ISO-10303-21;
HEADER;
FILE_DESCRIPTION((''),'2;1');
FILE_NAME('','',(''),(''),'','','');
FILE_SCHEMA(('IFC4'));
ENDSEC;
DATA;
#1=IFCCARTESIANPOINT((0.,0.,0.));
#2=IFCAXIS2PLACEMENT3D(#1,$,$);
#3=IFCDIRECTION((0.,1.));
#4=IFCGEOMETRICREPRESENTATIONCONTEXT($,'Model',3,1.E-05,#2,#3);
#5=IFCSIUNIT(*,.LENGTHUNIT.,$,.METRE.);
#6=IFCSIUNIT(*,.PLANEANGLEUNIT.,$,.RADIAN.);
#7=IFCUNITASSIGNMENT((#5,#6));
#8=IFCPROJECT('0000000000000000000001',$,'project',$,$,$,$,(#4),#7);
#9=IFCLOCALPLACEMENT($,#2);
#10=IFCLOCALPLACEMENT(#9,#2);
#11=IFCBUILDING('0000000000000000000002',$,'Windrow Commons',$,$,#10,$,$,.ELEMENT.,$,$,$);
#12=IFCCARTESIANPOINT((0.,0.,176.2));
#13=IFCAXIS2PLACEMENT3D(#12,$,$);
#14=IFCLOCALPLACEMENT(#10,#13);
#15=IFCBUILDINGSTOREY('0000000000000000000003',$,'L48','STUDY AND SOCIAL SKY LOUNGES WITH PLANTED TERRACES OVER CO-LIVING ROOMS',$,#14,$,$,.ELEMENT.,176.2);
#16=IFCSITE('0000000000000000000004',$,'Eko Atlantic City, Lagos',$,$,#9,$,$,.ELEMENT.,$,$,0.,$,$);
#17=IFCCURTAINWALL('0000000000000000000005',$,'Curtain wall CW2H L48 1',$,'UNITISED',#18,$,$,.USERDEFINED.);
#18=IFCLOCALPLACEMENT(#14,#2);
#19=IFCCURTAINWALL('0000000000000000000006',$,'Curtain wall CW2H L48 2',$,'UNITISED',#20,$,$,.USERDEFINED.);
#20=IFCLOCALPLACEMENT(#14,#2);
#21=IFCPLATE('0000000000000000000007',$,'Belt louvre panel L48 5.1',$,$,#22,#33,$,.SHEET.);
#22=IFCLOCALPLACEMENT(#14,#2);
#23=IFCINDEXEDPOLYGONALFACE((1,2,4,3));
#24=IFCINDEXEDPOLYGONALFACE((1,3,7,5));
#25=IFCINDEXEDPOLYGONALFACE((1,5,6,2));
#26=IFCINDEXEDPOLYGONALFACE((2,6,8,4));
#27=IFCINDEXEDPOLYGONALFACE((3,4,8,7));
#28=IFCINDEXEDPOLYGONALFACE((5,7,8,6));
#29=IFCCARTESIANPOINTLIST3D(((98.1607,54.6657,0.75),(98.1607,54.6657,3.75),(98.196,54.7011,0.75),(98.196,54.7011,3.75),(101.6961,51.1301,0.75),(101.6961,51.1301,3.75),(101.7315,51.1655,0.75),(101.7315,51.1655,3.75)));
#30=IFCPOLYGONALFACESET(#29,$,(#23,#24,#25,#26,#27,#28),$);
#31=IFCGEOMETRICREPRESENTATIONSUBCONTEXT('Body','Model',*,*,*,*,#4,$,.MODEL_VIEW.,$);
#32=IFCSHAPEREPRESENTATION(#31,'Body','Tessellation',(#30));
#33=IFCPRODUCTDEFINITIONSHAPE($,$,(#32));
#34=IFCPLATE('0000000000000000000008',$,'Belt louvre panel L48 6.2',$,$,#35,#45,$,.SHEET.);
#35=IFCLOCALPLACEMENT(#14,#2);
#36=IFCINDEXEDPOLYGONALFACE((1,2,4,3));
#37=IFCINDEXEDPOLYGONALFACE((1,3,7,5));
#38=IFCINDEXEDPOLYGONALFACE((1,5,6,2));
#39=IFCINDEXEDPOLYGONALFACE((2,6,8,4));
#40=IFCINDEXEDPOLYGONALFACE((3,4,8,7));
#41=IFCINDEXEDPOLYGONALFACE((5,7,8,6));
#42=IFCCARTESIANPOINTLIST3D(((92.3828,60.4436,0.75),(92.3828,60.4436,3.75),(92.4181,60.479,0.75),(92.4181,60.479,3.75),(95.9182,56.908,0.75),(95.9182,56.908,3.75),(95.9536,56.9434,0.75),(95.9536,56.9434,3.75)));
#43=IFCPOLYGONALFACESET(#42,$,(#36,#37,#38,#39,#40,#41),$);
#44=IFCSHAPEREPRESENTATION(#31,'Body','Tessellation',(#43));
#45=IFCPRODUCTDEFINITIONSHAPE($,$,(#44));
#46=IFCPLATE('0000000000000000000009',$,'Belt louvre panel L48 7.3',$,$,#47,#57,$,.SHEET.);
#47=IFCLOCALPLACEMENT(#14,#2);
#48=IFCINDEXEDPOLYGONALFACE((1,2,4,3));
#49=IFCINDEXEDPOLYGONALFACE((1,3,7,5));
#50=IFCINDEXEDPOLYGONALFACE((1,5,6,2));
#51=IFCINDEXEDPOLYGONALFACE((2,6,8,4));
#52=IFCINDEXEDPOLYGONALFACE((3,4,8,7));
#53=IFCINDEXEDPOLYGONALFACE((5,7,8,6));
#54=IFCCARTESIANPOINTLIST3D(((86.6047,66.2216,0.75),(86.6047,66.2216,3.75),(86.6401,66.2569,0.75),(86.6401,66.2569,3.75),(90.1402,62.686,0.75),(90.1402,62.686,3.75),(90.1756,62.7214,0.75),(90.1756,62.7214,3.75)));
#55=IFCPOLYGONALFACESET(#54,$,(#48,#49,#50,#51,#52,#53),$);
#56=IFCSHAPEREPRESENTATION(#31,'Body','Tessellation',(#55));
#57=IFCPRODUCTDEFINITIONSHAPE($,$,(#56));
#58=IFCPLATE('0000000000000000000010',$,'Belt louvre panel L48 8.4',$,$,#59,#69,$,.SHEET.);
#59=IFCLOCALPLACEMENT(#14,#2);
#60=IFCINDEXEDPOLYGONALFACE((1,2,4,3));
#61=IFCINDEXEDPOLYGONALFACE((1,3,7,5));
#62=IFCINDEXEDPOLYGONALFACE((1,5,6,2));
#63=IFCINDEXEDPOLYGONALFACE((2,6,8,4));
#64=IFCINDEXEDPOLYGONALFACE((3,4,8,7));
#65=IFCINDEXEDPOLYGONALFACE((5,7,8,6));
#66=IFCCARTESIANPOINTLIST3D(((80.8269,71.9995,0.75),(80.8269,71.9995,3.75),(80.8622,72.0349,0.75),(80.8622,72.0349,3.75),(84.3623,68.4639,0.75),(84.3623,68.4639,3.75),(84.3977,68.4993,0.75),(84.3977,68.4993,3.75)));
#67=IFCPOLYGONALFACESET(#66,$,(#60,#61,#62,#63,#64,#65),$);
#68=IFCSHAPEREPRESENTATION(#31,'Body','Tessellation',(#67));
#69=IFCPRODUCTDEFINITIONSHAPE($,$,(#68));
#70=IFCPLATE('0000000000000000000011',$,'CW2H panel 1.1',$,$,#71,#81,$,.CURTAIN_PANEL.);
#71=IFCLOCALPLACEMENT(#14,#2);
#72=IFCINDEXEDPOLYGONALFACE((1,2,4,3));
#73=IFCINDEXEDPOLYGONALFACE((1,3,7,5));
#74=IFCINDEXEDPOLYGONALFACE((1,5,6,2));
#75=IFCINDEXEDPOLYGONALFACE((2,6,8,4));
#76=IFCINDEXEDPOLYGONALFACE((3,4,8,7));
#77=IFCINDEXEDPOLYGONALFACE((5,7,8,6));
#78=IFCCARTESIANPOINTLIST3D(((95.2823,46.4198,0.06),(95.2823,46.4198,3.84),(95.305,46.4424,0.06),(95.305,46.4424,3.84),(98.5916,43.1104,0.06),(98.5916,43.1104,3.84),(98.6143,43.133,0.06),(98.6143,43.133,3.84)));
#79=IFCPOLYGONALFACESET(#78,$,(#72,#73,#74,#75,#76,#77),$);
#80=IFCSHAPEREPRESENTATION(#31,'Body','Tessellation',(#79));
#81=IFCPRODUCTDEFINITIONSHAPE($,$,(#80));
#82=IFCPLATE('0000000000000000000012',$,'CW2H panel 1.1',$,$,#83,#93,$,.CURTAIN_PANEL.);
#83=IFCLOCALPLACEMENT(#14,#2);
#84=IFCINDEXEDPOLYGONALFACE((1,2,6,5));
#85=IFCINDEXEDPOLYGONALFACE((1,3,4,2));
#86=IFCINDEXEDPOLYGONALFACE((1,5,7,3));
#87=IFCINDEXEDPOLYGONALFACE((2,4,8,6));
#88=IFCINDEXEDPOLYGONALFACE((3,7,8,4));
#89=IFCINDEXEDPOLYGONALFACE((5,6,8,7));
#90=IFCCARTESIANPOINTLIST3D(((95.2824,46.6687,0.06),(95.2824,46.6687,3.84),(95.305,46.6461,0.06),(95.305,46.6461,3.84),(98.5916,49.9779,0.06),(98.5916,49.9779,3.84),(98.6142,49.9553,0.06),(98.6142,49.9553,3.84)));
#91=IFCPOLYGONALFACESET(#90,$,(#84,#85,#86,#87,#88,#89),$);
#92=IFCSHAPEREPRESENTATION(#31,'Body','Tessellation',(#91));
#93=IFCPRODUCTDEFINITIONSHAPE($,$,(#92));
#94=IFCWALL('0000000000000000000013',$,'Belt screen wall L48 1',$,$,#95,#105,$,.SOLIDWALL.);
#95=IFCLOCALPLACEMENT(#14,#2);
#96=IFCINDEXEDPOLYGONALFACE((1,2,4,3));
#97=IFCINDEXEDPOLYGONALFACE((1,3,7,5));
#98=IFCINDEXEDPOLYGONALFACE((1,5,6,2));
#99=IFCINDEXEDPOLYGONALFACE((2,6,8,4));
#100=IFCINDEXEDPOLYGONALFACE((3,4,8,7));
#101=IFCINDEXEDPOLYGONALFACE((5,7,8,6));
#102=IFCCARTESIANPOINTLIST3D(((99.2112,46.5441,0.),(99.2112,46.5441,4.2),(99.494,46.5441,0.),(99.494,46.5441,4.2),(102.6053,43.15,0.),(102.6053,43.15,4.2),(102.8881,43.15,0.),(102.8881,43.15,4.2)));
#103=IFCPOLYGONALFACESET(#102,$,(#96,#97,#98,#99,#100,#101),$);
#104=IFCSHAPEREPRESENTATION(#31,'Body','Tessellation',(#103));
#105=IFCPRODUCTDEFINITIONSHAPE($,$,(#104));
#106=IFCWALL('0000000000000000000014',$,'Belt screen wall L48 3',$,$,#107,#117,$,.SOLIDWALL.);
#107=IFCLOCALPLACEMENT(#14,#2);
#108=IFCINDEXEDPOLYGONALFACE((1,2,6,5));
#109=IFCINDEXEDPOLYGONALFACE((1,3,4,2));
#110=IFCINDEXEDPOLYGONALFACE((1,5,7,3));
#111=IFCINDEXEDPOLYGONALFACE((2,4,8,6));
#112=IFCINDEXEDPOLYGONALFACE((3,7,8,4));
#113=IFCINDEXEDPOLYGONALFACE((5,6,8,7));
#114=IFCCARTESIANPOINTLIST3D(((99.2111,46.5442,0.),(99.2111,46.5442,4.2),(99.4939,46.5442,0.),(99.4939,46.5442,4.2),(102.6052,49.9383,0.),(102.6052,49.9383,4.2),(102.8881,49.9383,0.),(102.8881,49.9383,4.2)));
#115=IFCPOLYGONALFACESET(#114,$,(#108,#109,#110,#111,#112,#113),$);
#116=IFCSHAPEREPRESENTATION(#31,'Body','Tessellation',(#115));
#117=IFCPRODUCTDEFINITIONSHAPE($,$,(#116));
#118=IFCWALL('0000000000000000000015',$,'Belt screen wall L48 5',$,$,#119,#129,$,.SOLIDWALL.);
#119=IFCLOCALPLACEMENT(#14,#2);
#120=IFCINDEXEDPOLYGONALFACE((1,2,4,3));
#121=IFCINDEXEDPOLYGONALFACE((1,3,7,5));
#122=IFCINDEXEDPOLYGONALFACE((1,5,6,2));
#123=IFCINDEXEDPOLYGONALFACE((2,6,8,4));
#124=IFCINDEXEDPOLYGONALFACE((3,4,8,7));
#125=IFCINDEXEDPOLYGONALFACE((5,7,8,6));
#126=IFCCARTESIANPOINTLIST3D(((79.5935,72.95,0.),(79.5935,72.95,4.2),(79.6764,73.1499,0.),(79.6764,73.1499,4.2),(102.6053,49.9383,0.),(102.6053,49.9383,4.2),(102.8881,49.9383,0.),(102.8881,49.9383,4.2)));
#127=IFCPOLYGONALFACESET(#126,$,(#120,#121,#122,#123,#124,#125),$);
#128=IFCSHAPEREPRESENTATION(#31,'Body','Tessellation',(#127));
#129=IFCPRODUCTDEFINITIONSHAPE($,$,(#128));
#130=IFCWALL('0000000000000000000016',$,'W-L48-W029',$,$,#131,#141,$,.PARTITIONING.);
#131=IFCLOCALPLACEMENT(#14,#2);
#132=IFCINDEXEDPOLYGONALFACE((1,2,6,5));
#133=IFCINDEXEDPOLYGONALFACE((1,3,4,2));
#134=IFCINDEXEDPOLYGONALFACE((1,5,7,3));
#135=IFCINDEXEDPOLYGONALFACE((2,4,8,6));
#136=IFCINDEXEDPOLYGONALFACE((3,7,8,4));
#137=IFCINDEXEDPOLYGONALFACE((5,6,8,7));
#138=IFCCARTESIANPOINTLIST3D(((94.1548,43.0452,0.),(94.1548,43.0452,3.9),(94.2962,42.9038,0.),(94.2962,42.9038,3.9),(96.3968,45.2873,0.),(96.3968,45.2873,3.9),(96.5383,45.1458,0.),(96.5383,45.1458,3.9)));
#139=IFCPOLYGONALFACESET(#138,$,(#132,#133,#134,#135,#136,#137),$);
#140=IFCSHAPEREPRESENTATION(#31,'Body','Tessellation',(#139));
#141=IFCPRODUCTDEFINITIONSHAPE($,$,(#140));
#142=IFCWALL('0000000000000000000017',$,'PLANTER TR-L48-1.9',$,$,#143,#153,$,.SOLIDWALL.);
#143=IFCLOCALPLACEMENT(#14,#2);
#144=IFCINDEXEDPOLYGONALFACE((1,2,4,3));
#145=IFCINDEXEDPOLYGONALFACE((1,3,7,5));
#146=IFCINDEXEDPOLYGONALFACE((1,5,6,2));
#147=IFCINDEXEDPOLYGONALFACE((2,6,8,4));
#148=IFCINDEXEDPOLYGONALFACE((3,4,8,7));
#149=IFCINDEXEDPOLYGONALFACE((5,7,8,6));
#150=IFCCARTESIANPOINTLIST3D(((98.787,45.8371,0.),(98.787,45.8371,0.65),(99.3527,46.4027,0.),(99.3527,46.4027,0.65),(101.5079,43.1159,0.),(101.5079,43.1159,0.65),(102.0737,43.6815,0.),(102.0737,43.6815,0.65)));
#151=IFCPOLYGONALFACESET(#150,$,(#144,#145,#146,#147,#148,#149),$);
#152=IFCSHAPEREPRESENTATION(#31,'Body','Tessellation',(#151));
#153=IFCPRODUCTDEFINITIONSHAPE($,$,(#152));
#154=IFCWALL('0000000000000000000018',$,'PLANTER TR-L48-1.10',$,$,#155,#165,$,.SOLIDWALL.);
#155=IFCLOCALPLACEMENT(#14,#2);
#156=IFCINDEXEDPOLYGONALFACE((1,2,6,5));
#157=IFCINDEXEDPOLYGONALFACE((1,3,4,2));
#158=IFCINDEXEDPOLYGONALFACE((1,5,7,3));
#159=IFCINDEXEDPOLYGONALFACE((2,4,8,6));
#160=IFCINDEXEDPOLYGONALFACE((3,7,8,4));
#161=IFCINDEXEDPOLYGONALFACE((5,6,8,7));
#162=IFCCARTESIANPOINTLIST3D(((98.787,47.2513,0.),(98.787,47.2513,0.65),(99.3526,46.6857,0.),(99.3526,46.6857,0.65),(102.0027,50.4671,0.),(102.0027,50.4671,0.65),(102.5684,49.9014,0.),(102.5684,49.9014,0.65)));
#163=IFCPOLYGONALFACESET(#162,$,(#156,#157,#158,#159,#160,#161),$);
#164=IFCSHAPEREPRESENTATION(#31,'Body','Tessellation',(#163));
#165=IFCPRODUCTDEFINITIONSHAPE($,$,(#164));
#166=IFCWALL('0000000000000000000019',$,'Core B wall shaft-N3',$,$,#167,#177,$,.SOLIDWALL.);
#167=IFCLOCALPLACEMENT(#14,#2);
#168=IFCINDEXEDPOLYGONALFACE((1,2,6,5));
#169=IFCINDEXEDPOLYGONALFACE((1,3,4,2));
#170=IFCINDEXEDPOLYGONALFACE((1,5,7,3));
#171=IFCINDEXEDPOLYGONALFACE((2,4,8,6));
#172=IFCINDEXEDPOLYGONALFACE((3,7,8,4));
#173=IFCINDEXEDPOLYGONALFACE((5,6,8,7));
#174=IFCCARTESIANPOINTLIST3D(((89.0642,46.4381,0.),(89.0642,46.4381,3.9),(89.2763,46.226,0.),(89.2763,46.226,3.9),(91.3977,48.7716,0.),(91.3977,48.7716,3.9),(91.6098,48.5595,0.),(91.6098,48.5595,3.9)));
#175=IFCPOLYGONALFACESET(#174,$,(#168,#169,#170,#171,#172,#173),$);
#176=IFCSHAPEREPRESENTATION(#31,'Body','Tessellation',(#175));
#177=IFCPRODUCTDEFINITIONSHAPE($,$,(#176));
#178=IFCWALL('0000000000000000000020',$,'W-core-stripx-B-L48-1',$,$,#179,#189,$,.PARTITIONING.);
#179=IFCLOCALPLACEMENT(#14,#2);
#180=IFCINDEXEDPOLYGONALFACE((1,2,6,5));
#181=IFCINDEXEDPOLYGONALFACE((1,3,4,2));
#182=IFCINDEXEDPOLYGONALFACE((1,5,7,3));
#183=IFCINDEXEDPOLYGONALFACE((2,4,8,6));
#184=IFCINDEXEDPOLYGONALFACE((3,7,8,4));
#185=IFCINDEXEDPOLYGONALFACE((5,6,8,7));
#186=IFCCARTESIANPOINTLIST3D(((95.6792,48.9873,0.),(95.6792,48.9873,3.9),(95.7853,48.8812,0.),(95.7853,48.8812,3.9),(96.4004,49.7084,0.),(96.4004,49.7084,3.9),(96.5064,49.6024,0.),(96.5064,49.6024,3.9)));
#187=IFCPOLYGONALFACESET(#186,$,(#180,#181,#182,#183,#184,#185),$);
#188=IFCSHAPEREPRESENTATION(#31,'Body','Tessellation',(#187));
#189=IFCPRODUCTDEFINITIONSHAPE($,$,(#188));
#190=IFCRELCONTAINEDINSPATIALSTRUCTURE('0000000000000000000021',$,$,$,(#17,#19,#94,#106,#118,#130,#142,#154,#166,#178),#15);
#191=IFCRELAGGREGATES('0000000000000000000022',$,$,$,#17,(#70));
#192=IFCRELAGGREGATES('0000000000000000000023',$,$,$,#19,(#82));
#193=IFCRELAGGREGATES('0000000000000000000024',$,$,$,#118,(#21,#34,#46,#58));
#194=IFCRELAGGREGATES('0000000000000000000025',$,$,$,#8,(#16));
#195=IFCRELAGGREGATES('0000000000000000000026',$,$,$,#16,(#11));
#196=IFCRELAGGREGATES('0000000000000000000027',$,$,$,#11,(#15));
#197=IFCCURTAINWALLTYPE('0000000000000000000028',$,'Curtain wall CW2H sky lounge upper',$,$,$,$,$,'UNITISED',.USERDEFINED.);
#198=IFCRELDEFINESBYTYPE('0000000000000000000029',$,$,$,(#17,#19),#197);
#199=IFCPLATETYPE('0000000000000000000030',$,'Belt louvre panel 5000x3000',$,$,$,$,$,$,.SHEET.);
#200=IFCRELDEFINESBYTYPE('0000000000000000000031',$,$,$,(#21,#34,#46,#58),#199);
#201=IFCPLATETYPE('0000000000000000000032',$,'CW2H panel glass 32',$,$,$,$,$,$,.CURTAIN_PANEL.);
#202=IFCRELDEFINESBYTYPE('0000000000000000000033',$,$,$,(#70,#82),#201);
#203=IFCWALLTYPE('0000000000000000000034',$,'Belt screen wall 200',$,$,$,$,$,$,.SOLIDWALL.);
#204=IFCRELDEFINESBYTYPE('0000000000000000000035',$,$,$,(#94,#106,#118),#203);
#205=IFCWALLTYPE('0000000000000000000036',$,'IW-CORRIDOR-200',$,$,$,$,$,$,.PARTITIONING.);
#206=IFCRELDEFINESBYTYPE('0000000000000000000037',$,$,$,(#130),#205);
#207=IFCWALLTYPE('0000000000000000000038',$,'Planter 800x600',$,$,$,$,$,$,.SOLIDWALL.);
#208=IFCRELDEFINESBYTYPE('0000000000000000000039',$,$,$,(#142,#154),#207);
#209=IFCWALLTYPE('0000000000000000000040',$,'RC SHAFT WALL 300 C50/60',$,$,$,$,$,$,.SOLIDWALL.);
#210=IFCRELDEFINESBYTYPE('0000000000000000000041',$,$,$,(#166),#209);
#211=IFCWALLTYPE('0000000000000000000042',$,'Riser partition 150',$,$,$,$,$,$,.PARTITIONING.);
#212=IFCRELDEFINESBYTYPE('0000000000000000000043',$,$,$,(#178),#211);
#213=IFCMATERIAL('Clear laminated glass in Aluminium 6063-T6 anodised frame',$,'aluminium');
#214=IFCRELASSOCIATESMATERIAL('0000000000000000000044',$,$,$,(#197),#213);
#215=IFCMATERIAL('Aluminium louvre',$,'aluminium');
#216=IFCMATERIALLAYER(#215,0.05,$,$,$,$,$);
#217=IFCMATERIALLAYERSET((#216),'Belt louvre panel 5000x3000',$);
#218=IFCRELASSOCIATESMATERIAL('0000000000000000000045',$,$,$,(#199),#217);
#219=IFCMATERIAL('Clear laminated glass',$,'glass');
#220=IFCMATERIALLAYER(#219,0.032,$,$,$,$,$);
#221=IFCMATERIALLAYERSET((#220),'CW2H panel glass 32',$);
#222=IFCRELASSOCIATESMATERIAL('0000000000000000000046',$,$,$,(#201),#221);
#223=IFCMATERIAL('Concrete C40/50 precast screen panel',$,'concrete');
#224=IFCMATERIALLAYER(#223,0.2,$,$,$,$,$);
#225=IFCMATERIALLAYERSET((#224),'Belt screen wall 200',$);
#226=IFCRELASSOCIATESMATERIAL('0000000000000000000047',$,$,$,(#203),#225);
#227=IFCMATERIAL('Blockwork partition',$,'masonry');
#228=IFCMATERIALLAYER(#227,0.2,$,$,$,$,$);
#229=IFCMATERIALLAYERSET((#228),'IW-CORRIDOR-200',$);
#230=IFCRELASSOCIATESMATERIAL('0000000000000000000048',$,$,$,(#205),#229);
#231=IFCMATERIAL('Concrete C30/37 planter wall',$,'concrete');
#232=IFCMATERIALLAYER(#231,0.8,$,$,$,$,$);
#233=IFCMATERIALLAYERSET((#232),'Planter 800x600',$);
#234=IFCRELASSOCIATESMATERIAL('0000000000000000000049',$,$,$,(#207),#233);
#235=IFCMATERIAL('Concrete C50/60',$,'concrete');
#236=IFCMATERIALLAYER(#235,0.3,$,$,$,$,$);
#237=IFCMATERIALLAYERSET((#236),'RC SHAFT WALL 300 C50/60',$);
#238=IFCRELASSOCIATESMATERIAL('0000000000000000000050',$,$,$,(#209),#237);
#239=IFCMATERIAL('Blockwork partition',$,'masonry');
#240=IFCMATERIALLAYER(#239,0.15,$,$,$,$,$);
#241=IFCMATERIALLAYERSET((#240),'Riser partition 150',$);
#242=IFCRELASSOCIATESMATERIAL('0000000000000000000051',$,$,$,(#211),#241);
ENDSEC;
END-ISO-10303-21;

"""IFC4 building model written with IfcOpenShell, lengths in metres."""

from ifc_helpers import new_model, si_unit, direction, frame, frame_2d, origin, origin_2d, place, context, subcontext, project, spatial, polyline, rectangle, outline, extrude, material, layer, layer_set, type_object, element, aggregate, save


model = new_model("IFC4")

# Units and contexts
model_context = context("Model", 3, precision=1e-05, world=origin(), true_north=direction((0.0, 1.0)))
body_context = subcontext(model_context, "Body", "Model", "MODEL_VIEW")
ifc_project = project(units=[si_unit("LENGTHUNIT", "METRE"), si_unit("PLANEANGLEUNIT", "RADIAN")], contexts=[model_context])

# Site, building, storey
site_placement = place(None, origin())
site = spatial("IfcSite", under=ifc_project, at=site_placement, Name="Eko Atlantic City, Lagos", CompositionType="ELEMENT", RefElevation=0.0)
building_placement = place(site_placement, origin())
building = spatial("IfcBuilding", under=site, at=building_placement, Name="Windrow Commons", CompositionType="ELEMENT")
storey_placement = place(building_placement, frame((0.0, 0.0, 176.2)))
storey = spatial("IfcBuildingStorey", under=building, at=storey_placement, Name="L48", Description="STUDY AND SOCIAL SKY LOUNGES WITH PLANTED TERRACES OVER CO-LIVING ROOMS", CompositionType="ELEMENT", Elevation=176.2)

# Curtain walls
ifc_material_1 = material(Name="Clear laminated glass in Aluminium 6063-T6 anodised frame", Category="aluminium")
curtain_wall_type = type_object("IfcCurtainWallType", Name="Curtain wall CW2H sky lounge upper", ElementType="UNITISED", PredefinedType="USERDEFINED", material=ifc_material_1)
placement = place(storey_placement, origin())
curtain_wall_1 = element("IfcCurtainWall", 1, at=placement, inside=storey, type_object=curtain_wall_type, Name="Curtain wall CW2H L48 1", ObjectType="UNITISED", PredefinedType="USERDEFINED")
curtain_wall_2 = element("IfcCurtainWall", 2, at=placement, inside=storey, type_object=curtain_wall_type, Name="Curtain wall CW2H L48 2", ObjectType="UNITISED", PredefinedType="USERDEFINED")

# Plates
ifc_material_2 = material(Name="Aluminium louvre", Category="aluminium")
ifc_layer_1 = layer(ifc_material_2, 0.05)
ifc_layer_set_1 = layer_set([ifc_layer_1], Name="Belt louvre panel 5000x3000")
plate_type_1 = type_object("IfcPlateType", Name="Belt louvre panel 5000x3000", PredefinedType="SHEET", material=ifc_layer_set_1)
plate_1_placement = place(storey_placement, frame((101.7315, 51.1655, 0.75), z_axis=(0.707117, 0.707097, 0.0), x_axis=(-0.707097, 0.707117, 0.0)))
plate_1 = element("IfcPlate", 3, at=plate_1_placement, type_object=plate_type_1, Name="Belt louvre panel L48 5.1", PredefinedType="SHEET", context=body_context, shape_type="SweptSolid", body=[
    extrude(outline(polyline([(0.0, 0.0), (5.0, 0.0), (5.0, 3.0), (0.0, 3.0), (0.0, 0.0)])), origin(), (0.0, 0.0, -1.0), 0.05),
])
plate_2_placement = place(storey_placement, frame((95.9536, 56.9434, 0.75), z_axis=(0.707117, 0.707097, 0.0), x_axis=(-0.707097, 0.707117, 0.0)))
plate_2 = element("IfcPlate", 4, at=plate_2_placement, type_object=plate_type_1, Name="Belt louvre panel L48 6.2", PredefinedType="SHEET", context=body_context, shape_type="SweptSolid", body=[
    extrude(outline(polyline([(0.0, 0.0), (5.0, 0.0), (5.0, 3.0), (0.0, 3.0), (0.0, 0.0)])), origin(), (0.0, 0.0, -1.0), 0.05),
])
plate_3_placement = place(storey_placement, frame((90.1756, 62.7214, 0.75), z_axis=(0.707107, 0.707107, 0.0), x_axis=(-0.707107, 0.707107, 0.0)))
plate_3 = element("IfcPlate", 5, at=plate_3_placement, type_object=plate_type_1, Name="Belt louvre panel L48 7.3", PredefinedType="SHEET", context=body_context, shape_type="SweptSolid", body=[
    extrude(outline(polyline([(0.0, 0.0), (5.0, 0.0), (5.0, 3.0), (0.0, 3.0), (0.0, 0.0)])), origin(), (0.0, 0.0, -1.0), 0.05),
])
plate_4_placement = place(storey_placement, frame((84.3977, 68.4993, 0.75), z_axis=(0.707117, 0.707097, 0.0), x_axis=(-0.707097, 0.707117, 0.0)))
plate_4 = element("IfcPlate", 6, at=plate_4_placement, type_object=plate_type_1, Name="Belt louvre panel L48 8.4", PredefinedType="SHEET", context=body_context, shape_type="SweptSolid", body=[
    extrude(outline(polyline([(0.0, 0.0), (5.0, 0.0), (5.0, 3.0), (0.0, 3.0), (0.0, 0.0)])), origin(), (0.0, 0.0, -1.0), 0.05),
])
ifc_material_3 = material(Name="Clear laminated glass", Category="glass")
ifc_layer_2 = layer(ifc_material_3, 0.032)
ifc_layer_set_2 = layer_set([ifc_layer_2], Name="CW2H panel glass 32")
plate_type_2 = type_object("IfcPlateType", Name="CW2H panel glass 32", PredefinedType="CURTAIN_PANEL", material=ifc_layer_set_2)
plate_5_placement = place(storey_placement, frame((96.9483, 44.7764, 0.06), z_axis=(0.0, 0.0, 1.0), x_axis=(-0.707096, 0.707117, 0.0)))
plate_5 = element("IfcPlate", 7, at=plate_5_placement, type_object=plate_type_2, Name="CW2H panel 1.1", PredefinedType="CURTAIN_PANEL", context=body_context, shape_type="SweptSolid", body=[
    extrude(rectangle(XDim=4.6801, YDim=0.032, at=origin_2d()), origin(), (0.0, 0.0, 1.0), 3.78),
])
aggregate(curtain_wall_1, [plate_5])
plate_6_placement = place(storey_placement, frame((96.9483, 48.312, 0.06), z_axis=(0.0, 0.0, 1.0), x_axis=(0.707107, 0.707107, 0.0)))
plate_6 = element("IfcPlate", 8, at=plate_6_placement, type_object=plate_type_2, Name="CW2H panel 1.1", PredefinedType="CURTAIN_PANEL", context=body_context, shape_type="SweptSolid", body=[
    extrude(rectangle(XDim=4.68, YDim=0.032, at=origin_2d()), origin(), (0.0, 0.0, 1.0), 3.78),
])
aggregate(curtain_wall_2, [plate_6])

# Walls
ifc_material_4 = material(Name="Concrete C40/50 precast screen panel", Category="concrete")
ifc_layer_3 = layer(ifc_material_4, 0.2)
ifc_layer_set_3 = layer_set([ifc_layer_3], Name="Belt screen wall 200")
wall_type_1 = type_object("IfcWallType", Name="Belt screen wall 200", PredefinedType="SOLIDWALL", material=ifc_layer_set_3)
wall_1_placement = place(storey_placement, frame((102.7467, 43.15, 0.0), z_axis=(0.0, 0.0, 1.0), x_axis=(-0.707107, 0.707107, 0.0)))
element("IfcWall", 9, at=wall_1_placement, inside=storey, type_object=wall_type_1, Name="Belt screen wall L48 1", PredefinedType="SOLIDWALL", context=body_context, shape_type="SweptSolid", body=[
    extrude(outline(polyline([(-0.1, -0.1), (4.7, -0.1), (4.9, 0.1), (0.1, 0.1), (-0.1, -0.1)])), origin(), (0.0, 0.0, 1.0), 4.2),
])
wall_2_placement = place(storey_placement, frame((99.3525, 46.5442, 0.0), z_axis=(0.0, 0.0, 1.0), x_axis=(0.707117, 0.707096, 0.0)))
element("IfcWall", 10, at=wall_2_placement, inside=storey, type_object=wall_type_1, Name="Belt screen wall L48 3", PredefinedType="SOLIDWALL", context=body_context, shape_type="SweptSolid", body=[
    extrude(outline(polyline([(0.1, -0.1), (4.9, -0.1), (4.7, 0.1), (-0.1, 0.1), (0.1, -0.1)])), origin(), (0.0, 0.0, 1.0), 4.2),
])

# Wall
wall_3_placement = place(storey_placement, frame((102.7467, 49.9383, 0.0), z_axis=(0.0, 0.0, 1.0), x_axis=(-0.707108, 0.707105, 0.0)))
wall_3 = element("IfcWall", 11, at=wall_3_placement, inside=storey, type_object=wall_type_1, Name="Belt screen wall L48 5", PredefinedType="SOLIDWALL", context=body_context, shape_type="SweptSolid", body=[
    extrude(outline(polyline([(-0.1, -0.1), (32.7263, -0.1), (32.6435, 0.1), (0.1, 0.1), (-0.1, -0.1)])), origin(), (0.0, 0.0, 1.0), 4.2),
])
aggregate(wall_3, [plate_1, plate_2, plate_3, plate_4])

# Walls
ifc_material_5 = material(Name="Blockwork partition", Category="masonry")
ifc_layer_4 = layer(ifc_material_5, 0.2)
ifc_layer_set_4 = layer_set([ifc_layer_4], Name="IW-CORRIDOR-200")
wall_type_2 = type_object("IfcWallType", Name="IW-CORRIDOR-200", PredefinedType="PARTITIONING", material=ifc_layer_set_4)
wall_4_placement = place(storey_placement, frame((94.2255, 42.9745, 0.0), z_axis=(0.0, 0.0, 1.0), x_axis=(0.707107, 0.707107, 0.0)))
element("IfcWall", 12, at=wall_4_placement, inside=storey, type_object=wall_type_2, Name="W-L48-W029", PredefinedType="PARTITIONING", context=body_context, shape_type="SweptSolid", body=[
    extrude(rectangle(XDim=3.1707, YDim=0.2, at=frame_2d((1.5854, 0.0))), origin(), (0.0, 0.0, 1.0), 3.9),
])
ifc_material_6 = material(Name="Concrete C30/37 planter wall", Category="concrete")
ifc_layer_5 = layer(ifc_material_6, 0.8)
ifc_layer_set_5 = layer_set([ifc_layer_5], Name="Planter 800x600")
wall_type_3 = type_object("IfcWallType", Name="Planter 800x600", PredefinedType="SOLIDWALL", material=ifc_layer_set_5)
wall_5_placement = place(storey_placement, frame((101.7908, 43.3987, 0.0), z_axis=(0.0, 0.0, 1.0), x_axis=(-0.707081, 0.707133, 0.0)))
element("IfcWall", 13, at=wall_5_placement, inside=storey, type_object=wall_type_3, Name="PLANTER TR-L48-1.9", PredefinedType="SOLIDWALL", context=body_context, shape_type="SweptSolid", body=[
    extrude(rectangle(XDim=3.8482, YDim=0.8, at=frame_2d((1.9241, 0.0))), origin(), (0.0, 0.0, 1.0), 0.65),
])
wall_6_placement = place(storey_placement, frame((99.0698, 46.9685, 0.0), z_axis=(0.0, 0.0, 1.0), x_axis=(0.707107, 0.707107, 0.0)))
element("IfcWall", 14, at=wall_6_placement, inside=storey, type_object=wall_type_3, Name="PLANTER TR-L48-1.10", PredefinedType="SOLIDWALL", context=body_context, shape_type="SweptSolid", body=[
    extrude(rectangle(XDim=4.5478, YDim=0.8, at=frame_2d((2.2739, 0.0))), origin(), (0.0, 0.0, 1.0), 0.65),
])
ifc_material_7 = material(Name="Concrete C50/60", Category="concrete")
ifc_layer_6 = layer(ifc_material_7, 0.3)
ifc_layer_set_6 = layer_set([ifc_layer_6], Name="RC SHAFT WALL 300 C50/60")
wall_type_4 = type_object("IfcWallType", Name="RC SHAFT WALL 300 C50/60", PredefinedType="SOLIDWALL", material=ifc_layer_set_6)
wall_7_placement = place(storey_placement, frame((89.1702, 46.332, 0.0), z_axis=(0.0, 0.0, 1.0), x_axis=(0.707107, 0.707107, 0.0)))
element("IfcWall", 15, at=wall_7_placement, inside=storey, type_object=wall_type_4, Name="Core B wall shaft-N3", PredefinedType="SOLIDWALL", context=body_context, shape_type="SweptSolid", body=[
    extrude(rectangle(XDim=3.3001, YDim=0.3, at=frame_2d((1.6501, 0.0))), origin(), (0.0, 0.0, 1.0), 3.9),
])
ifc_material_8 = material(Name="Blockwork partition", Category="masonry")
ifc_layer_7 = layer(ifc_material_8, 0.15)
ifc_layer_set_7 = layer_set([ifc_layer_7], Name="Riser partition 150")
wall_type_5 = type_object("IfcWallType", Name="Riser partition 150", PredefinedType="PARTITIONING", material=ifc_layer_set_7)
wall_8_placement = place(storey_placement, frame((95.7322, 48.9342, 0.0), z_axis=(0.0, 0.0, 1.0), x_axis=(0.707107, 0.707107, 0.0)))
element("IfcWall", 16, at=wall_8_placement, inside=storey, type_object=wall_type_5, Name="W-core-stripx-B-L48-1", PredefinedType="PARTITIONING", context=body_context, shape_type="SweptSolid", body=[
    extrude(rectangle(XDim=1.0199, YDim=0.15, at=frame_2d((0.51, 0.0))), origin(), (0.0, 0.0, 1.0), 3.9),
])

save(model, "model.ifc")
